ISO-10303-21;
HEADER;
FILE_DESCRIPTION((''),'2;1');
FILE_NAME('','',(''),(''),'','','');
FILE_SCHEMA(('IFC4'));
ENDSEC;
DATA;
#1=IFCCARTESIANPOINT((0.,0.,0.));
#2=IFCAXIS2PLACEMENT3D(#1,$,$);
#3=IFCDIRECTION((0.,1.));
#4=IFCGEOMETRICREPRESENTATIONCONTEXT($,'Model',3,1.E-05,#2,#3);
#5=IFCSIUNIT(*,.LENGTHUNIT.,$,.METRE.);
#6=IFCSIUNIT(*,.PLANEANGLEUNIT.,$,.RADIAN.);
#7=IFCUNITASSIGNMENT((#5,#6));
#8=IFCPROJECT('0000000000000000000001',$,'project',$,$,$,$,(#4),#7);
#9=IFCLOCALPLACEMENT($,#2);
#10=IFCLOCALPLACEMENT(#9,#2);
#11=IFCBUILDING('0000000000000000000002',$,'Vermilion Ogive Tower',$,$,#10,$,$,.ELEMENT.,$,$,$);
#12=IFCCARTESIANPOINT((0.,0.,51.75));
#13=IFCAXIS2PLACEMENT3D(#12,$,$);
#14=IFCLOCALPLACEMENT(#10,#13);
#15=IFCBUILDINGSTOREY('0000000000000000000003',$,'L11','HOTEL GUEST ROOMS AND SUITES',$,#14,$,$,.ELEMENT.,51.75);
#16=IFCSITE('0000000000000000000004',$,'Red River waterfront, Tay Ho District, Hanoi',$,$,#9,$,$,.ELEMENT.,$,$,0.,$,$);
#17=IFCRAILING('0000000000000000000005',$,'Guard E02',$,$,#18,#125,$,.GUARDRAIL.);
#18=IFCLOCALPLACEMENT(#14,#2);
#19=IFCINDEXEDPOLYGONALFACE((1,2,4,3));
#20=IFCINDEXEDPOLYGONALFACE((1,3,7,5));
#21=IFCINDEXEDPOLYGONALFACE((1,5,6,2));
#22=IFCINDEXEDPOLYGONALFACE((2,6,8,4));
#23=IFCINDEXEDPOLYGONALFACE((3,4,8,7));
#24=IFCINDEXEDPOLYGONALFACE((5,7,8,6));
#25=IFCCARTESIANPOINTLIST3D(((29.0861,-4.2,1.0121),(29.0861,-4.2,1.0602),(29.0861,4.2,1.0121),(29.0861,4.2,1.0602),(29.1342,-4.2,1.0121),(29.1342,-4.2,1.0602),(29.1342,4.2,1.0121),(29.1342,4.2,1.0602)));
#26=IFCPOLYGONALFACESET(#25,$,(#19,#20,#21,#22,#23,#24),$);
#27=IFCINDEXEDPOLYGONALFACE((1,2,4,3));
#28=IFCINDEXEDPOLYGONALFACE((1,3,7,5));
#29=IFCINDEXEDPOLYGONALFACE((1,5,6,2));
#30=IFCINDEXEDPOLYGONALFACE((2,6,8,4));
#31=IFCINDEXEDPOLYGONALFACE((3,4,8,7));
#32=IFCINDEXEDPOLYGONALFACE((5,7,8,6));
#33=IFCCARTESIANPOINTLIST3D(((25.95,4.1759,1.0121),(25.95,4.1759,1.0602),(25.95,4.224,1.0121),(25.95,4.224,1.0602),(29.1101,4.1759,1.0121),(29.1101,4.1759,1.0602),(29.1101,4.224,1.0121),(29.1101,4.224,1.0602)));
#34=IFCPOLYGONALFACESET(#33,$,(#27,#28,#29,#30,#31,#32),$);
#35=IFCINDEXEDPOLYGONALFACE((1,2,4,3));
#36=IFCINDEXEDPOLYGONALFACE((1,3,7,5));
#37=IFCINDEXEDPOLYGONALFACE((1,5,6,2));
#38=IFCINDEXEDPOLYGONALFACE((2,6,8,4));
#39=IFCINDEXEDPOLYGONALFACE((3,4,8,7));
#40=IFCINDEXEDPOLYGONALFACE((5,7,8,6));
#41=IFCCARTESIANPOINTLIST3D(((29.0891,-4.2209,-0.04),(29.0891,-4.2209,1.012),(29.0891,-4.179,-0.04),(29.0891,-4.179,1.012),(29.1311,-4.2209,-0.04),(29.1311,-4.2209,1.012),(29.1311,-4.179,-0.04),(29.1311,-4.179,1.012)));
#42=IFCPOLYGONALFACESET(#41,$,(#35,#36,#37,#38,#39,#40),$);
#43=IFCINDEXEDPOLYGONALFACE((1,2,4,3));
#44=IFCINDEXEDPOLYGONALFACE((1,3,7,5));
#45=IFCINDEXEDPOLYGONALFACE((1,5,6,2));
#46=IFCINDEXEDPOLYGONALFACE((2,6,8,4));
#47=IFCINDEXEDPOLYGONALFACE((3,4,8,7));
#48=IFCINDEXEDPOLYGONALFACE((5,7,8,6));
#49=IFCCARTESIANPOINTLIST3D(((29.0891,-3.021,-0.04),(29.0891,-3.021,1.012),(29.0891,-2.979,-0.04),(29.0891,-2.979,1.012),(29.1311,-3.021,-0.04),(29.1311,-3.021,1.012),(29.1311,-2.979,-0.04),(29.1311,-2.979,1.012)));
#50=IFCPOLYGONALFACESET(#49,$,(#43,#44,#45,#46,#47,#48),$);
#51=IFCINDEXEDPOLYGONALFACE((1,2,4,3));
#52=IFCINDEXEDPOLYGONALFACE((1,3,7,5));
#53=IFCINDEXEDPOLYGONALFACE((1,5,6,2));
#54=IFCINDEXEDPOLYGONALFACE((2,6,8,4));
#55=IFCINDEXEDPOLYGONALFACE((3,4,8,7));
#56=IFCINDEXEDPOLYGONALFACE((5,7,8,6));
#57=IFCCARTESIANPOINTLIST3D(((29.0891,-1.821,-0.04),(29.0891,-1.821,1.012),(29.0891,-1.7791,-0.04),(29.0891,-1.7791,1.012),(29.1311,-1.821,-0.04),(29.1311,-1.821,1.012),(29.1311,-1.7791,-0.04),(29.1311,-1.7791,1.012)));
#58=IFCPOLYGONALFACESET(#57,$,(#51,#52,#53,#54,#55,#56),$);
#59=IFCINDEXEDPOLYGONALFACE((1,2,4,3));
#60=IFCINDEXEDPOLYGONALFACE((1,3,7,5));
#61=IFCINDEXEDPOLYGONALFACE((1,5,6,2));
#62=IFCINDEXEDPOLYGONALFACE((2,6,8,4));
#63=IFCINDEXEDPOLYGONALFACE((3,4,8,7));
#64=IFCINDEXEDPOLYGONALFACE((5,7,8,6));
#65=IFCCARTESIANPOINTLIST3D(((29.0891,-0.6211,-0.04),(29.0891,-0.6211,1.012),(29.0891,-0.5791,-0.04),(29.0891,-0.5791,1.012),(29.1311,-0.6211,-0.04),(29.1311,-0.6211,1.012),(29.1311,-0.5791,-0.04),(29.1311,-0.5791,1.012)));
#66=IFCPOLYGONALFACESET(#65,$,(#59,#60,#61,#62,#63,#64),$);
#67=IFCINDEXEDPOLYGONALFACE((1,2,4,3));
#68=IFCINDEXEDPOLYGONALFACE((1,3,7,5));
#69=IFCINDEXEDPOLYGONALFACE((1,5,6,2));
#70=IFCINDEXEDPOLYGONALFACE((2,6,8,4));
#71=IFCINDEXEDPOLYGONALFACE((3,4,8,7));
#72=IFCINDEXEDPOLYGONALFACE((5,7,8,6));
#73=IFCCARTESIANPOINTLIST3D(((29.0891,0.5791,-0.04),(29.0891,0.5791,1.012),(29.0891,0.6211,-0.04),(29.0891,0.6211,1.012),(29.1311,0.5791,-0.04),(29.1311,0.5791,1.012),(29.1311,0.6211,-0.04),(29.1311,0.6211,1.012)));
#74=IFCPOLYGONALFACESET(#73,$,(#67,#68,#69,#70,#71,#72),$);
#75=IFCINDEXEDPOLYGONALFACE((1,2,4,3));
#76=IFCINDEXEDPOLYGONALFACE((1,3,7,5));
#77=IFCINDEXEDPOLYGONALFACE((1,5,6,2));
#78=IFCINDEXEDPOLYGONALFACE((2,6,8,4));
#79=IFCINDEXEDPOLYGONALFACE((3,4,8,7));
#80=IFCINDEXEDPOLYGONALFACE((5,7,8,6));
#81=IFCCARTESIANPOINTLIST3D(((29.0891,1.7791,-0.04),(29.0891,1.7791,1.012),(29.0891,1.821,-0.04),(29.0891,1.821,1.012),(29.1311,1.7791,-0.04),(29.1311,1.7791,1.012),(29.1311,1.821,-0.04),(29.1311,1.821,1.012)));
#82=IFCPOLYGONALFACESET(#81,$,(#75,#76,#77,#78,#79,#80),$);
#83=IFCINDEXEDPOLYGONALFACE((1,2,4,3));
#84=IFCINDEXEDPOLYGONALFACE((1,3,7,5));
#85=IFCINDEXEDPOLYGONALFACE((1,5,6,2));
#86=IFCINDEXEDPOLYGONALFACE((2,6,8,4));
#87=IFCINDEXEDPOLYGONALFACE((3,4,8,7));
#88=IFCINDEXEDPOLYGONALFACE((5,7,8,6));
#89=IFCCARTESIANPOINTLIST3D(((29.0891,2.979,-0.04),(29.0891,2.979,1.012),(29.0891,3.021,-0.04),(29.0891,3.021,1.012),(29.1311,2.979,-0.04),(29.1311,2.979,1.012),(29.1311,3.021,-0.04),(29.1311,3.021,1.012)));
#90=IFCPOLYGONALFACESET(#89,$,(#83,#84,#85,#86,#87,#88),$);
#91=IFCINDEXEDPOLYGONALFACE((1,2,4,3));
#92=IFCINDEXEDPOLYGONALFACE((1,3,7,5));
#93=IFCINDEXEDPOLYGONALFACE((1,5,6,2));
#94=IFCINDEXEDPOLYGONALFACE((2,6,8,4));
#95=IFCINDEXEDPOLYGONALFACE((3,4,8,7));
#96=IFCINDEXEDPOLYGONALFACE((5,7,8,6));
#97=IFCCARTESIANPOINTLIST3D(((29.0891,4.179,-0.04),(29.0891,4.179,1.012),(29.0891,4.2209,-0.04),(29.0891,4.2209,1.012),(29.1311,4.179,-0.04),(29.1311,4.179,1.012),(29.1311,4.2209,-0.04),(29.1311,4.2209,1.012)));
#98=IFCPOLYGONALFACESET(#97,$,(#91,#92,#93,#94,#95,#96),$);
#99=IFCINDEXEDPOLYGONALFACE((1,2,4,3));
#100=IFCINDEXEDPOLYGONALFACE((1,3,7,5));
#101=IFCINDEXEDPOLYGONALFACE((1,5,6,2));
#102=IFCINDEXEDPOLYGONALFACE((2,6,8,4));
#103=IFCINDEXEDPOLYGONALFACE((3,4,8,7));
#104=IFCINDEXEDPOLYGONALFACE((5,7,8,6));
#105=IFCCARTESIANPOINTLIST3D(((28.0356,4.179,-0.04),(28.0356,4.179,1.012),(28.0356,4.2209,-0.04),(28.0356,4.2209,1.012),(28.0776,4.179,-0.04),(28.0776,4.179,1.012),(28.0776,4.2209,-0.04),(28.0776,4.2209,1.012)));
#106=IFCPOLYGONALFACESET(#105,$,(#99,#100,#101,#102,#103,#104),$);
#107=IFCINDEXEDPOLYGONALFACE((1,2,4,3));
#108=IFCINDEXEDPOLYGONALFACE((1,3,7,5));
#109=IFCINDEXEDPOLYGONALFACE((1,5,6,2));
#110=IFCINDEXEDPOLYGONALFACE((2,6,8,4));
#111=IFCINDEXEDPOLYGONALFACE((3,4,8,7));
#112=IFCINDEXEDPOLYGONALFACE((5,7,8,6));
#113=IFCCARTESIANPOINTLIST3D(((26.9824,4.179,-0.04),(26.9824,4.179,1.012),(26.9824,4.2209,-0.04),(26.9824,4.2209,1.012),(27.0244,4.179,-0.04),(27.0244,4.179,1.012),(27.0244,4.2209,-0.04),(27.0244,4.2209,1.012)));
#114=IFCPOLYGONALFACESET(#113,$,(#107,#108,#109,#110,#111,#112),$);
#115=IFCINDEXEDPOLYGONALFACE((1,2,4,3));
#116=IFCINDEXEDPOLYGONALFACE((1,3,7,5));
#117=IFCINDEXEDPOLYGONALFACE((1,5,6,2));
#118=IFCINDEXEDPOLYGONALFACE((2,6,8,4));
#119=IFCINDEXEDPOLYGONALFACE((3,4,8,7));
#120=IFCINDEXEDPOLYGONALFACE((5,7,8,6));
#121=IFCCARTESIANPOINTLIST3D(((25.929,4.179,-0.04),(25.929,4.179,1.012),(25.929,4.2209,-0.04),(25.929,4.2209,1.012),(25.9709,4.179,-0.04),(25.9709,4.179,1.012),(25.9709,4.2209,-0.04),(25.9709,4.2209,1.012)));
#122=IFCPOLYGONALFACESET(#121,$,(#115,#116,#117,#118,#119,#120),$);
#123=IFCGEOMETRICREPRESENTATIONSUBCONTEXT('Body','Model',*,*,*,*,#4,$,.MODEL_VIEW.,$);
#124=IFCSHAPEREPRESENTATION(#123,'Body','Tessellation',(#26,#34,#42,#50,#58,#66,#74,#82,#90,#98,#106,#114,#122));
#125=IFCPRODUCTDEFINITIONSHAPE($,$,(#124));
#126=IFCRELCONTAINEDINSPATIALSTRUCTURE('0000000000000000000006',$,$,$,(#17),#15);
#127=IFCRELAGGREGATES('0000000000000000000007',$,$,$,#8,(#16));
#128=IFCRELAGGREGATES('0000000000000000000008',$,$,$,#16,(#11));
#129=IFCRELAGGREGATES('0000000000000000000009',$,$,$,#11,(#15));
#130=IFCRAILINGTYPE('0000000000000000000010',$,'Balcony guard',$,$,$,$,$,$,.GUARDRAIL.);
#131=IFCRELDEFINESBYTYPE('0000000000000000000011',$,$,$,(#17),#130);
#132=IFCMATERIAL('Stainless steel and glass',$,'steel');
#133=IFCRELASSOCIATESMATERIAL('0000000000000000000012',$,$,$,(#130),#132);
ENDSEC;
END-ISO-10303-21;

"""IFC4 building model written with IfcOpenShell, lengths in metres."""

from ifc_helpers import new_model, si_unit, direction, frame, origin, origin_2d, place, context, subcontext, project, spatial, rectangle, extrude, material, type_object, element, save


model = new_model("IFC4")

# Units and contexts
model_context = context("Model", 3, precision=1e-05, world=origin(), true_north=direction((0.0, 1.0)))
body_context = subcontext(model_context, "Body", "Model", "MODEL_VIEW")
ifc_project = project(units=[si_unit("LENGTHUNIT", "METRE"), si_unit("PLANEANGLEUNIT", "RADIAN")], contexts=[model_context])

# Site, building, storey
site_placement = place(None, origin())
site = spatial("IfcSite", under=ifc_project, at=site_placement, Name="Red River waterfront, Tay Ho District, Hanoi", CompositionType="ELEMENT", RefElevation=0.0)
building_placement = place(site_placement, origin())
building = spatial("IfcBuilding", under=site, at=building_placement, Name="Vermilion Ogive Tower", CompositionType="ELEMENT")
storey_placement = place(building_placement, frame((0.0, 0.0, 51.75)))
storey = spatial("IfcBuildingStorey", under=building, at=storey_placement, Name="L11", Description="HOTEL GUEST ROOMS AND SUITES", CompositionType="ELEMENT", Elevation=51.75)

# Railing
ifc_material_1 = material(Name="Stainless steel and glass", Category="steel")
railing_type = type_object("IfcRailingType", Name="Balcony guard", PredefinedType="GUARDRAIL", material=ifc_material_1)
railing_placement = place(storey_placement, frame((29.1101, -4.2, -0.04)))
element("IfcRailing", 1, at=railing_placement, inside=storey, type_object=railing_type, Name="Guard E02", PredefinedType="GUARDRAIL", context=body_context, shape_type="SweptSolid", body=[
    extrude(rectangle(XDim=0.0481, YDim=0.0481, at=origin_2d()), frame((0.0, 0.0, 1.0762), z_axis=(0.0, 1.0, 0.0), x_axis=(-1.0, 0.0, 0.0)), (0.0, 0.0, 1.0), 8.3999),
    extrude(rectangle(XDim=0.0481, YDim=0.0481, at=origin_2d()), frame((0.0, 8.3999, 1.0762), z_axis=(-1.0, 0.0, 0.0), x_axis=(0.0, -1.0, 0.0)), (0.0, 0.0, 1.0), 3.1602),
    extrude(rectangle(XDim=0.042, YDim=0.042, at=origin_2d()), origin(), (0.0, 0.0, 1.0), 1.052),
    extrude(rectangle(XDim=0.042, YDim=0.042, at=origin_2d()), frame((0.0, 1.2, 0.0)), (0.0, 0.0, 1.0), 1.052),
    extrude(rectangle(XDim=0.042, YDim=0.042, at=origin_2d()), frame((0.0, 2.3999, 0.0)), (0.0, 0.0, 1.0), 1.052),
    extrude(rectangle(XDim=0.042, YDim=0.042, at=origin_2d()), frame((0.0, 3.5999, 0.0)), (0.0, 0.0, 1.0), 1.052),
    extrude(rectangle(XDim=0.042, YDim=0.042, at=origin_2d()), frame((0.0, 4.8, 0.0)), (0.0, 0.0, 1.0), 1.052),
    extrude(rectangle(XDim=0.042, YDim=0.042, at=origin_2d()), frame((0.0, 6.0, 0.0)), (0.0, 0.0, 1.0), 1.052),
    extrude(rectangle(XDim=0.042, YDim=0.042, at=origin_2d()), frame((0.0, 7.2, 0.0)), (0.0, 0.0, 1.0), 1.052),
    extrude(rectangle(XDim=0.042, YDim=0.042, at=origin_2d()), frame((0.0, 8.3999, 0.0)), (0.0, 0.0, 1.0), 1.052),
    extrude(rectangle(XDim=0.042, YDim=0.042, at=origin_2d()), frame((-1.0535, 8.3999, 0.0)), (0.0, 0.0, 1.0), 1.052),
    extrude(rectangle(XDim=0.042, YDim=0.042, at=origin_2d()), frame((-2.1067, 8.3999, 0.0)), (0.0, 0.0, 1.0), 1.052),
    extrude(rectangle(XDim=0.042, YDim=0.042, at=origin_2d()), frame((-3.1602, 8.3999, 0.0)), (0.0, 0.0, 1.0), 1.052),
])

save(model, "model.ifc")
